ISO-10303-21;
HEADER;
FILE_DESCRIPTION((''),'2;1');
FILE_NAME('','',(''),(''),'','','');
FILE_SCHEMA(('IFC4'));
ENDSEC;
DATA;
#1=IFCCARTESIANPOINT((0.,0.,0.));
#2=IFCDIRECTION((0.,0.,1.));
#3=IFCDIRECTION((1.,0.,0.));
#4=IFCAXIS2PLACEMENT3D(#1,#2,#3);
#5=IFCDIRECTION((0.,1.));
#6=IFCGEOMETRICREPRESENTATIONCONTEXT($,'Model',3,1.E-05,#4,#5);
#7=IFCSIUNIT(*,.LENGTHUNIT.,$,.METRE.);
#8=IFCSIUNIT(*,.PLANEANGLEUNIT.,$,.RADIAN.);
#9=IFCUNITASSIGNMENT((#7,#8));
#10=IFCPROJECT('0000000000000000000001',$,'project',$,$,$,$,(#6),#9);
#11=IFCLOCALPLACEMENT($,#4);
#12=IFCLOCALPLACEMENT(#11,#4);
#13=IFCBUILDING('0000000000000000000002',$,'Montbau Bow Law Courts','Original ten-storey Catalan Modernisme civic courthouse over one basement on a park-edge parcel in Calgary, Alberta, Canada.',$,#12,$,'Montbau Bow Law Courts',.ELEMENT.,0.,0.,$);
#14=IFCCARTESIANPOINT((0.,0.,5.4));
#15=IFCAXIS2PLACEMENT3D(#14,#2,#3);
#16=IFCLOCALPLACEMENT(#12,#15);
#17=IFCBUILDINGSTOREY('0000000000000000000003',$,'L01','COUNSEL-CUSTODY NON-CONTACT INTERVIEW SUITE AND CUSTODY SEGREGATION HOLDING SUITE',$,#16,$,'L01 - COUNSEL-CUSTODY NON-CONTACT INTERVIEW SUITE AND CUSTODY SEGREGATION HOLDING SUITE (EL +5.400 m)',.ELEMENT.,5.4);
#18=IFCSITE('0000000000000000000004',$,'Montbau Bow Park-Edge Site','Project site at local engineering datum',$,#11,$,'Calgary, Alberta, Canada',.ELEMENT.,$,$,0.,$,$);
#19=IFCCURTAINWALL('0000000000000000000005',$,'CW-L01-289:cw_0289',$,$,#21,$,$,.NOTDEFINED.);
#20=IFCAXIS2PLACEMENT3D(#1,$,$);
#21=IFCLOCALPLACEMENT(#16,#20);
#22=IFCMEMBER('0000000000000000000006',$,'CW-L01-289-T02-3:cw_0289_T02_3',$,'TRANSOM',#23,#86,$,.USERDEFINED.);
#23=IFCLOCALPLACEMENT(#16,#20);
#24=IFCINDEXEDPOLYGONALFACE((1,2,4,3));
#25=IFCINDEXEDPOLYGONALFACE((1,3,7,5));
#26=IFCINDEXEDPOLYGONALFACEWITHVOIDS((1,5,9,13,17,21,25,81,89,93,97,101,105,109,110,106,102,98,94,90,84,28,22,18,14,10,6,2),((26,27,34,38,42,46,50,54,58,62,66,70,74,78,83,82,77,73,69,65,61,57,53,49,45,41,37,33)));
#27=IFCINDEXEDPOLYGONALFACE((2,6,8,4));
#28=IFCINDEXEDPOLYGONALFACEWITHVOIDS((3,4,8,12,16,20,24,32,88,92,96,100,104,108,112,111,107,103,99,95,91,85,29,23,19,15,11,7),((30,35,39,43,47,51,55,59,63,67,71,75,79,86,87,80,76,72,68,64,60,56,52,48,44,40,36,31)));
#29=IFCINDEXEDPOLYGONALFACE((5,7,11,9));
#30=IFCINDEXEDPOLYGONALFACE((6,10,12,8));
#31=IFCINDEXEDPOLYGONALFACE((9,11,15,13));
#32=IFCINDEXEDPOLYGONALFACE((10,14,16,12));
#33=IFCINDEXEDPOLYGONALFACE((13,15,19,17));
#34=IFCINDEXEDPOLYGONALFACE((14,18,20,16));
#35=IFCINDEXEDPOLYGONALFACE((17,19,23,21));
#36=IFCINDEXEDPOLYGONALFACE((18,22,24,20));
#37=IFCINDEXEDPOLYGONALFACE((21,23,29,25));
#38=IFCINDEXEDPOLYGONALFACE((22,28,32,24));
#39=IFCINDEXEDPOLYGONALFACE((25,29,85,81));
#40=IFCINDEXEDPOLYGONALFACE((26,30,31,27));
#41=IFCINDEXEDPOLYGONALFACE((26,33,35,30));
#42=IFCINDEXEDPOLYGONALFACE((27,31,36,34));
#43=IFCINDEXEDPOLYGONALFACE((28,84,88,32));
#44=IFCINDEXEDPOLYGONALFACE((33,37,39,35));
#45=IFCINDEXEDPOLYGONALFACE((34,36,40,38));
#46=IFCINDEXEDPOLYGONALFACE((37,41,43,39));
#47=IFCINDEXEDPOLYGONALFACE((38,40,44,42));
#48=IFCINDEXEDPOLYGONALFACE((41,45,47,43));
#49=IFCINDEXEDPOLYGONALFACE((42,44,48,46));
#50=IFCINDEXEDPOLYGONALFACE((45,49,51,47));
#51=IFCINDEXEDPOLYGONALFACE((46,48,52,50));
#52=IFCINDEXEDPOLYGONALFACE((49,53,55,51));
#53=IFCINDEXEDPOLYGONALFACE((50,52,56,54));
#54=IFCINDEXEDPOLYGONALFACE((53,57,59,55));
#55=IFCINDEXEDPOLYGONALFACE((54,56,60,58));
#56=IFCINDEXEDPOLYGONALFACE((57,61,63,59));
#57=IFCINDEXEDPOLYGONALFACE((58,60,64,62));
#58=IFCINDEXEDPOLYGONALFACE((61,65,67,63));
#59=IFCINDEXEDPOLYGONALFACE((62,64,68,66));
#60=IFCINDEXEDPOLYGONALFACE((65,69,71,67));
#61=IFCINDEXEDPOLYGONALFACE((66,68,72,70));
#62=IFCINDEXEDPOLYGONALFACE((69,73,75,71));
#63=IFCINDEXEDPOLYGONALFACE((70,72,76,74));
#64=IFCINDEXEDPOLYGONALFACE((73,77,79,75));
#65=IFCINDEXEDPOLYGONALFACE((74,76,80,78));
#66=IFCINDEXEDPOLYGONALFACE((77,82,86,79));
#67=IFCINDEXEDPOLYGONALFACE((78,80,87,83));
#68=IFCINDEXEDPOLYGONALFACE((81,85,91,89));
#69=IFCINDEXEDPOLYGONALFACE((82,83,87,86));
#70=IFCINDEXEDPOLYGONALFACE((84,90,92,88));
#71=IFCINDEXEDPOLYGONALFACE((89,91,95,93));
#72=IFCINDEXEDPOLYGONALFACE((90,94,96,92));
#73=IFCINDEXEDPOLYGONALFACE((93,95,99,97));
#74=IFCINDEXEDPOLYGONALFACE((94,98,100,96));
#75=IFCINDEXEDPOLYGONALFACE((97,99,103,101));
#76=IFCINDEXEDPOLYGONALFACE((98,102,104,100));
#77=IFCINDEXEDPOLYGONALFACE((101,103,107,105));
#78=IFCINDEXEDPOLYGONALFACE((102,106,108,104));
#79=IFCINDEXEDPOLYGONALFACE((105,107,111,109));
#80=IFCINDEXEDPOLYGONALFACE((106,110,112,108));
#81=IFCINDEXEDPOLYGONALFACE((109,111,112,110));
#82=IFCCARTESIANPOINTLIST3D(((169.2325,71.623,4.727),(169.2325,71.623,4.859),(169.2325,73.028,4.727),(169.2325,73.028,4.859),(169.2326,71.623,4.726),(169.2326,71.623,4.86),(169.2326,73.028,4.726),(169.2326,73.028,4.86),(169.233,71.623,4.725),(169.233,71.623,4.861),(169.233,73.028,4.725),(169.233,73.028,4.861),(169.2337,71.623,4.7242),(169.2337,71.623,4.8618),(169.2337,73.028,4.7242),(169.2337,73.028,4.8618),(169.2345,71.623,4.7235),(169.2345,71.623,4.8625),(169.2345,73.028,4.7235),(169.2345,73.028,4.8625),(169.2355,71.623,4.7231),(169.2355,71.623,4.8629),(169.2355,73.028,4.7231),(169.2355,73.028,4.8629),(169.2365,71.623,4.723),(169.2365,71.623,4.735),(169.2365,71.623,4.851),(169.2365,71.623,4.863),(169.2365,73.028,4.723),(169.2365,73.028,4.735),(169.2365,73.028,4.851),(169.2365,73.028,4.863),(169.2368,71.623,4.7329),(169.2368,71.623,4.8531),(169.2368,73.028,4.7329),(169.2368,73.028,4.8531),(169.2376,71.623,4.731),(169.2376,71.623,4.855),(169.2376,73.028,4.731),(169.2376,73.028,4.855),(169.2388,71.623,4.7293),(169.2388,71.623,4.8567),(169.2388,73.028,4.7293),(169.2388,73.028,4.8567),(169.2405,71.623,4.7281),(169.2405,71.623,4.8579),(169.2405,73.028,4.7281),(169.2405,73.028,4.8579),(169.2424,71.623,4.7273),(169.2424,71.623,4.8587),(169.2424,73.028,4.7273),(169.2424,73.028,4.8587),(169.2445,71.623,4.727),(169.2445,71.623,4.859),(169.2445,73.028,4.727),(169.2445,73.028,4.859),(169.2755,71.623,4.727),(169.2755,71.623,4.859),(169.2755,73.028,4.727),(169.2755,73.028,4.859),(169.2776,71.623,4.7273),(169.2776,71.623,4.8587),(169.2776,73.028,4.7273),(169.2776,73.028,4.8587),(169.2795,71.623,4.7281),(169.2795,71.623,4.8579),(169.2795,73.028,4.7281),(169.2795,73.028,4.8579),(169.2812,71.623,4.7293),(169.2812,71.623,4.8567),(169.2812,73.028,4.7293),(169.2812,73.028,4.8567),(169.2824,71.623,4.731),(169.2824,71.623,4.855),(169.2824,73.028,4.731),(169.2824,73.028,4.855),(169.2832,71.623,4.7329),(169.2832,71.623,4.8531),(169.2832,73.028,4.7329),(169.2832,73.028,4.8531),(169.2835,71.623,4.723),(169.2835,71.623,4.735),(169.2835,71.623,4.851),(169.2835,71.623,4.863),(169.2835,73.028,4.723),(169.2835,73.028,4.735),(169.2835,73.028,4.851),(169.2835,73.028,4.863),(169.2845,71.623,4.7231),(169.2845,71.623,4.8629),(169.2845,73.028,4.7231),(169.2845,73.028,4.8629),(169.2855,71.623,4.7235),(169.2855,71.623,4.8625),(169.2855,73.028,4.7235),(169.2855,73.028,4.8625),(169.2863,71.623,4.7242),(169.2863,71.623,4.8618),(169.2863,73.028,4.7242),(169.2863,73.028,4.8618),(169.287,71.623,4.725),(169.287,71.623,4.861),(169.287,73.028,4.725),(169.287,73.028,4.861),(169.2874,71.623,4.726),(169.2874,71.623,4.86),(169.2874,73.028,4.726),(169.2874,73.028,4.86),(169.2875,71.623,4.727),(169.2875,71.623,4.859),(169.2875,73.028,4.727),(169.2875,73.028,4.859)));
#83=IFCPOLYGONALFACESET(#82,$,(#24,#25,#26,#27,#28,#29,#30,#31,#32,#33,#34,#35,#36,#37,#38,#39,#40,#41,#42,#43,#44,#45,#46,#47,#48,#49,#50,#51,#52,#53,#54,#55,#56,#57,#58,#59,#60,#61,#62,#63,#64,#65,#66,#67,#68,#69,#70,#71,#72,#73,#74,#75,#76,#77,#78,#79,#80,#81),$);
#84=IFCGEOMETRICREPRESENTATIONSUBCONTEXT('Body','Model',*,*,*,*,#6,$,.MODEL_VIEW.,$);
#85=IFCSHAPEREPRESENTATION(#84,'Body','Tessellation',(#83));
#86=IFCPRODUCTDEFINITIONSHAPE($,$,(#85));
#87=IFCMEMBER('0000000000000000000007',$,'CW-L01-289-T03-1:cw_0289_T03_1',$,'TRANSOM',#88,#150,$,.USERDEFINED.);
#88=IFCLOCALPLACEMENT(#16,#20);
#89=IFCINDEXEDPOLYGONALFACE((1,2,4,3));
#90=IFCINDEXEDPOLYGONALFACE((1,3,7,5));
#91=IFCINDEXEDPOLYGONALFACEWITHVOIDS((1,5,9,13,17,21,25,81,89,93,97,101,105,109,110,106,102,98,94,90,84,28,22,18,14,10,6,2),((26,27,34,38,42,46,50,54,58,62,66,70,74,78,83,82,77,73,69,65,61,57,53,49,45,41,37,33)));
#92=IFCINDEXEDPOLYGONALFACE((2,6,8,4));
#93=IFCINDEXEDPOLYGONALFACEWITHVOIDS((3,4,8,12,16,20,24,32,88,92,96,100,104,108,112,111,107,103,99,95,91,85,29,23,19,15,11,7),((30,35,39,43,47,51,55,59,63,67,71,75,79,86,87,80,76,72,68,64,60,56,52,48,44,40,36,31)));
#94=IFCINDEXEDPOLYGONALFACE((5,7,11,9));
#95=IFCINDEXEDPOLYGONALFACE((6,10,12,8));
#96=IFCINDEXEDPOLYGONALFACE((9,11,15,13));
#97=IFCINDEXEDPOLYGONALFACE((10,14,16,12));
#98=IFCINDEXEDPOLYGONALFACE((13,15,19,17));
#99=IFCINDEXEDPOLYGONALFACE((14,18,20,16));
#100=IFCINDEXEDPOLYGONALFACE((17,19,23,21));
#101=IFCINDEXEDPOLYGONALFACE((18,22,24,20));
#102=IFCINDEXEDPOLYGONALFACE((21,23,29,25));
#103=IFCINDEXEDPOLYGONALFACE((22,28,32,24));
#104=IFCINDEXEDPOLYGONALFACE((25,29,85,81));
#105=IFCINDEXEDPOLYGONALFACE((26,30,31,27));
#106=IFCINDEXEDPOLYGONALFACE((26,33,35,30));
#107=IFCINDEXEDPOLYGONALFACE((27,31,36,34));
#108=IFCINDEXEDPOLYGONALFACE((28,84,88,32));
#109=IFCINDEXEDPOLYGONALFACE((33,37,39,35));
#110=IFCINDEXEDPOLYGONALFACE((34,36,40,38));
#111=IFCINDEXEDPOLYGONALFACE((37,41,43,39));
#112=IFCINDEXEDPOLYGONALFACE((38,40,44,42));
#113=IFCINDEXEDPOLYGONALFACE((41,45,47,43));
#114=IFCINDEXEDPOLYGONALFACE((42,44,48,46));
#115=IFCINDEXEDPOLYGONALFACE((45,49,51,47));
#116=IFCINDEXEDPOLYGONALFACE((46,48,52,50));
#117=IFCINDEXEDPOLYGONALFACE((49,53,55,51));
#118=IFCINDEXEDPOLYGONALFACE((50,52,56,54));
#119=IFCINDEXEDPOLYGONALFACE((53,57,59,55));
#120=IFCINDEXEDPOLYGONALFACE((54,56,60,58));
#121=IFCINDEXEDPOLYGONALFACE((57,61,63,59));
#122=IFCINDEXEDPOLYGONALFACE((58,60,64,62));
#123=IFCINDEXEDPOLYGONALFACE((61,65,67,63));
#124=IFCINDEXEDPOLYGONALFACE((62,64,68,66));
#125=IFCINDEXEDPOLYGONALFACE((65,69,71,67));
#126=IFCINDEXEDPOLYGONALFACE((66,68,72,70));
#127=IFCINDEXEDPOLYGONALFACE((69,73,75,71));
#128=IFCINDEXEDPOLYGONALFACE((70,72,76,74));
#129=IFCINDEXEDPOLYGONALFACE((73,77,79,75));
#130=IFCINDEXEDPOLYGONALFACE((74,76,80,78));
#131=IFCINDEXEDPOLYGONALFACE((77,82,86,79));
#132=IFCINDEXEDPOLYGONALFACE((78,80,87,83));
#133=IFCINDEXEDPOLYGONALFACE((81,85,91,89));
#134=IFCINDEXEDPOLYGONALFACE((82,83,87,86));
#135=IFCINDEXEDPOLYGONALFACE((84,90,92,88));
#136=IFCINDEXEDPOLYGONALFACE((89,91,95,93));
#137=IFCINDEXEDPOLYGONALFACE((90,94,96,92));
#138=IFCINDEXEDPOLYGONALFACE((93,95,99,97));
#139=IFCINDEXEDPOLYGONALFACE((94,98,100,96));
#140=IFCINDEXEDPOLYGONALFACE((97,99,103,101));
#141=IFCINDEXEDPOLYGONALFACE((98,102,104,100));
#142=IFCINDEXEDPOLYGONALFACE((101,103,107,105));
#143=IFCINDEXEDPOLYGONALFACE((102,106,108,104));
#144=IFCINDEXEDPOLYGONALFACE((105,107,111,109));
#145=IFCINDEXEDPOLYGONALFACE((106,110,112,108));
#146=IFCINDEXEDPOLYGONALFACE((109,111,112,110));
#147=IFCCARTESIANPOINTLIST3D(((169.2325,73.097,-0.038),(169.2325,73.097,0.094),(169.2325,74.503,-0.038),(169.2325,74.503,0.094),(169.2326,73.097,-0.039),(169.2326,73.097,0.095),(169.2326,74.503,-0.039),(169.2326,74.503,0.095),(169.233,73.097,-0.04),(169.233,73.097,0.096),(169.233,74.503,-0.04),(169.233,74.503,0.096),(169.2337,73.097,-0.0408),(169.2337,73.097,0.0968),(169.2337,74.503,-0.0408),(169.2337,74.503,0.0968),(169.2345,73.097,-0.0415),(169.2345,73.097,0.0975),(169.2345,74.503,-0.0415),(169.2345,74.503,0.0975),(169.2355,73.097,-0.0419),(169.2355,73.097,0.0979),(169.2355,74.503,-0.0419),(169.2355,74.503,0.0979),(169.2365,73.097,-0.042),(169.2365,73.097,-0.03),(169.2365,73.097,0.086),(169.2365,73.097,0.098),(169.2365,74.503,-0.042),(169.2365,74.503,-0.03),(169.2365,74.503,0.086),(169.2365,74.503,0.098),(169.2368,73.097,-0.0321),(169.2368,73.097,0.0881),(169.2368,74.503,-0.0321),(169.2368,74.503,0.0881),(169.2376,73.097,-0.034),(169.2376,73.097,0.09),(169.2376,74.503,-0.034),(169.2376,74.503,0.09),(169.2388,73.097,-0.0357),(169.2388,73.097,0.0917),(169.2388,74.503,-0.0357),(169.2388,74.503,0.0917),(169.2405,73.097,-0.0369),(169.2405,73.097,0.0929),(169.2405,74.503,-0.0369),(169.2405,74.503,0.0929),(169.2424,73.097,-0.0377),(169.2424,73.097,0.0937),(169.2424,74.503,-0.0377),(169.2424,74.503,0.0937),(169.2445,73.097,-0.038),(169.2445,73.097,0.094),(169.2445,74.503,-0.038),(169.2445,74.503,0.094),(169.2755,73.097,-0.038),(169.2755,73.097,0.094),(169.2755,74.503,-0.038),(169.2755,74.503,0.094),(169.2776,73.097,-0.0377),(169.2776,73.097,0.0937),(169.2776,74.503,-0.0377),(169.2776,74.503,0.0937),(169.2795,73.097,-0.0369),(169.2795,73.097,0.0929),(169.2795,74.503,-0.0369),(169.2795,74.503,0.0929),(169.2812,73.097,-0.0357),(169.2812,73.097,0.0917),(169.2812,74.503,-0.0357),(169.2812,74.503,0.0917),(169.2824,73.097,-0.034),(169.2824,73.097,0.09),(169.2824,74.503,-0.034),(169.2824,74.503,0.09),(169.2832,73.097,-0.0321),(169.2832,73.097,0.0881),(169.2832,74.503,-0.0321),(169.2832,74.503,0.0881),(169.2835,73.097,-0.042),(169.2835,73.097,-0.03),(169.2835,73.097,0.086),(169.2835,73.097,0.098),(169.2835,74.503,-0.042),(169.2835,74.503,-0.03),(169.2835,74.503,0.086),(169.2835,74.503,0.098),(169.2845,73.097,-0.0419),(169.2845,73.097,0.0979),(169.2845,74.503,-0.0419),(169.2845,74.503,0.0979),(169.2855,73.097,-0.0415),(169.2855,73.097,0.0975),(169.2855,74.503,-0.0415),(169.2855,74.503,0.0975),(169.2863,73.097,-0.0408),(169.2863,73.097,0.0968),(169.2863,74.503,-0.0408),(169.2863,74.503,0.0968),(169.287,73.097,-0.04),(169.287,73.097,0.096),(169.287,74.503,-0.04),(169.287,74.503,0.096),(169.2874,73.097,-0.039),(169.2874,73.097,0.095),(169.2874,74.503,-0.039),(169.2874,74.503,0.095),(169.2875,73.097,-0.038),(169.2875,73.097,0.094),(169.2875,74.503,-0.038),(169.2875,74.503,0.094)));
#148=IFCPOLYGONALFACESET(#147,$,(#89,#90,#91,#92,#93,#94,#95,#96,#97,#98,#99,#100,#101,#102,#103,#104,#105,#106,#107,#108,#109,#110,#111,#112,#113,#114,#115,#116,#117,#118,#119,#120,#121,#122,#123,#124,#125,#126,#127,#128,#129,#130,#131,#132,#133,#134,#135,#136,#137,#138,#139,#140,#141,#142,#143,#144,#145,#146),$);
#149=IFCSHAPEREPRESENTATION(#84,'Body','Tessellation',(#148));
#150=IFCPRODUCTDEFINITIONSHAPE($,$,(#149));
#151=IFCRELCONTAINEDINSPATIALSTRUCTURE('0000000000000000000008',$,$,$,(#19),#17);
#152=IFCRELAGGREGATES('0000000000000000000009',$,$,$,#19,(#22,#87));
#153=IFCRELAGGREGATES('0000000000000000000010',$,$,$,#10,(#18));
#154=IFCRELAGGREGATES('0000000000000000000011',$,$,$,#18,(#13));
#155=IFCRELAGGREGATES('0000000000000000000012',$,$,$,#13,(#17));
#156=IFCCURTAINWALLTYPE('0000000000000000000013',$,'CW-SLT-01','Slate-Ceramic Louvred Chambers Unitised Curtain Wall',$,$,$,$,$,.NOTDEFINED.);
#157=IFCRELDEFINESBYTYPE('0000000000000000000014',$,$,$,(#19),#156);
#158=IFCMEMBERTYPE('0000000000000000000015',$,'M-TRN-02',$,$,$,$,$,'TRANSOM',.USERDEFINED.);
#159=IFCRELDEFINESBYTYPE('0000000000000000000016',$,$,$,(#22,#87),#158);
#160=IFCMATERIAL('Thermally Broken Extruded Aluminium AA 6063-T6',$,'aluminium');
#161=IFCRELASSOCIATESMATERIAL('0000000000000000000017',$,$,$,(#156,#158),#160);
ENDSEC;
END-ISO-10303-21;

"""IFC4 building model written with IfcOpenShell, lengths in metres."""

from ifc_helpers import new_model, si_unit, direction, frame, origin_with_axes, origin_2d_with_axis, place, context, subcontext, project, spatial, hollow_rectangle, extrude, material, material_profile, profile_set, type_object, element, aggregate, save


model = new_model("IFC4")

# Units and contexts
model_context = context("Model", 3, precision=1e-05, world=origin_with_axes(), true_north=direction((0.0, 1.0)))
body_context = subcontext(model_context, "Body", "Model", "MODEL_VIEW")
ifc_project = project(units=[si_unit("LENGTHUNIT", "METRE"), si_unit("PLANEANGLEUNIT", "RADIAN")], contexts=[model_context])

# Site, building, storey
site_placement = place(None, origin_with_axes())
site = spatial("IfcSite", under=ifc_project, at=site_placement, Name="Montbau Bow Park-Edge Site", Description="Project site at local engineering datum", LongName="Calgary, Alberta, Canada", CompositionType="ELEMENT", RefElevation=0.0)
building_placement = place(site_placement, origin_with_axes())
building = spatial("IfcBuilding", under=site, at=building_placement, Name="Montbau Bow Law Courts", Description="Original ten-storey Catalan Modernisme civic courthouse over one basement on a park-edge parcel in Calgary, Alberta, Canada.", LongName="Montbau Bow Law Courts", CompositionType="ELEMENT", ElevationOfRefHeight=0.0, ElevationOfTerrain=0.0)
storey_placement = place(building_placement, frame((0.0, 0.0, 5.4), z_axis=(0.0, 0.0, 1.0), x_axis=(1.0, 0.0, 0.0)))
storey = spatial("IfcBuildingStorey", under=building, at=storey_placement, Name="L01", Description="COUNSEL-CUSTODY NON-CONTACT INTERVIEW SUITE AND CUSTODY SEGREGATION HOLDING SUITE", LongName="L01 - COUNSEL-CUSTODY NON-CONTACT INTERVIEW SUITE AND CUSTODY SEGREGATION HOLDING SUITE (EL +5.400 m)", CompositionType="ELEMENT", Elevation=5.4)

# Shared definitions
ifc_material_1 = material(Name="Thermally Broken Extruded Aluminium AA 6063-T6", Category="aluminium")
curtain_wall_type = type_object("IfcCurtainWallType", Name="CW-SLT-01", Description="Slate-Ceramic Louvred Chambers Unitised Curtain Wall", PredefinedType="NOTDEFINED", material=ifc_material_1)

# Curtain wall, members
curtain_wall_1_placement = place(None, frame((169.26, 70.115, 5.4), z_axis=(0.0, 0.0, 1.0), x_axis=(1.0, 0.0, 0.0)))
curtain_wall_1 = element("IfcCurtainWall", 1, at=curtain_wall_1_placement, inside=storey, type_object=curtain_wall_type, Name="CW-L01-289:cw_0289", PredefinedType="NOTDEFINED")
ifc_material_profile_1 = material_profile(ifc_material_1, hollow_rectangle(XDim=0.055, YDim=0.14, WallThickness=0.004, InnerFilletRadius=0.008, OuterFilletRadius=0.004, at=origin_2d_with_axis()), Name="CWT-140X55", Category="Main", Priority=0)
ifc_profile_set_1 = profile_set([ifc_material_profile_1], Name="Thermally Broken Extruded Aluminium AA 6063-T6")
member_type_1 = type_object("IfcMemberType", Name="M-TRN-02", ElementType="TRANSOM", PredefinedType="USERDEFINED", material=ifc_profile_set_1)
member_1_placement = place(None, frame((169.26, 71.623, 10.193), z_axis=(0.0, 1.0, 0.0), x_axis=(-1.0, 0.0, 0.0)))
member_1 = element("IfcMember", 2, at=member_1_placement, type_object=member_type_1, Name="CW-L01-289-T02-3:cw_0289_T02_3", ObjectType="TRANSOM", PredefinedType="USERDEFINED", context=body_context, shape_type="SweptSolid", body=[
    extrude(hollow_rectangle(XDim=0.055, YDim=0.14, WallThickness=0.004, InnerFilletRadius=0.008, OuterFilletRadius=0.004, at=origin_2d_with_axis()), origin_with_axes(), (0.0, 0.0, 1.0), 1.405),
])
member_2_placement = place(None, frame((169.26, 73.097, 5.428), z_axis=(0.0, 1.0, 0.0), x_axis=(-1.0, 0.0, 0.0)))
member_2 = element("IfcMember", 3, at=member_2_placement, type_object=member_type_1, Name="CW-L01-289-T03-1:cw_0289_T03_1", ObjectType="TRANSOM", PredefinedType="USERDEFINED", context=body_context, shape_type="SweptSolid", body=[
    extrude(hollow_rectangle(XDim=0.055, YDim=0.14, WallThickness=0.004, InnerFilletRadius=0.008, OuterFilletRadius=0.004, at=origin_2d_with_axis()), origin_with_axes(), (0.0, 0.0, 1.0), 1.406),
])
aggregate(curtain_wall_1, [member_1, member_2])

save(model, "model.ifc")
